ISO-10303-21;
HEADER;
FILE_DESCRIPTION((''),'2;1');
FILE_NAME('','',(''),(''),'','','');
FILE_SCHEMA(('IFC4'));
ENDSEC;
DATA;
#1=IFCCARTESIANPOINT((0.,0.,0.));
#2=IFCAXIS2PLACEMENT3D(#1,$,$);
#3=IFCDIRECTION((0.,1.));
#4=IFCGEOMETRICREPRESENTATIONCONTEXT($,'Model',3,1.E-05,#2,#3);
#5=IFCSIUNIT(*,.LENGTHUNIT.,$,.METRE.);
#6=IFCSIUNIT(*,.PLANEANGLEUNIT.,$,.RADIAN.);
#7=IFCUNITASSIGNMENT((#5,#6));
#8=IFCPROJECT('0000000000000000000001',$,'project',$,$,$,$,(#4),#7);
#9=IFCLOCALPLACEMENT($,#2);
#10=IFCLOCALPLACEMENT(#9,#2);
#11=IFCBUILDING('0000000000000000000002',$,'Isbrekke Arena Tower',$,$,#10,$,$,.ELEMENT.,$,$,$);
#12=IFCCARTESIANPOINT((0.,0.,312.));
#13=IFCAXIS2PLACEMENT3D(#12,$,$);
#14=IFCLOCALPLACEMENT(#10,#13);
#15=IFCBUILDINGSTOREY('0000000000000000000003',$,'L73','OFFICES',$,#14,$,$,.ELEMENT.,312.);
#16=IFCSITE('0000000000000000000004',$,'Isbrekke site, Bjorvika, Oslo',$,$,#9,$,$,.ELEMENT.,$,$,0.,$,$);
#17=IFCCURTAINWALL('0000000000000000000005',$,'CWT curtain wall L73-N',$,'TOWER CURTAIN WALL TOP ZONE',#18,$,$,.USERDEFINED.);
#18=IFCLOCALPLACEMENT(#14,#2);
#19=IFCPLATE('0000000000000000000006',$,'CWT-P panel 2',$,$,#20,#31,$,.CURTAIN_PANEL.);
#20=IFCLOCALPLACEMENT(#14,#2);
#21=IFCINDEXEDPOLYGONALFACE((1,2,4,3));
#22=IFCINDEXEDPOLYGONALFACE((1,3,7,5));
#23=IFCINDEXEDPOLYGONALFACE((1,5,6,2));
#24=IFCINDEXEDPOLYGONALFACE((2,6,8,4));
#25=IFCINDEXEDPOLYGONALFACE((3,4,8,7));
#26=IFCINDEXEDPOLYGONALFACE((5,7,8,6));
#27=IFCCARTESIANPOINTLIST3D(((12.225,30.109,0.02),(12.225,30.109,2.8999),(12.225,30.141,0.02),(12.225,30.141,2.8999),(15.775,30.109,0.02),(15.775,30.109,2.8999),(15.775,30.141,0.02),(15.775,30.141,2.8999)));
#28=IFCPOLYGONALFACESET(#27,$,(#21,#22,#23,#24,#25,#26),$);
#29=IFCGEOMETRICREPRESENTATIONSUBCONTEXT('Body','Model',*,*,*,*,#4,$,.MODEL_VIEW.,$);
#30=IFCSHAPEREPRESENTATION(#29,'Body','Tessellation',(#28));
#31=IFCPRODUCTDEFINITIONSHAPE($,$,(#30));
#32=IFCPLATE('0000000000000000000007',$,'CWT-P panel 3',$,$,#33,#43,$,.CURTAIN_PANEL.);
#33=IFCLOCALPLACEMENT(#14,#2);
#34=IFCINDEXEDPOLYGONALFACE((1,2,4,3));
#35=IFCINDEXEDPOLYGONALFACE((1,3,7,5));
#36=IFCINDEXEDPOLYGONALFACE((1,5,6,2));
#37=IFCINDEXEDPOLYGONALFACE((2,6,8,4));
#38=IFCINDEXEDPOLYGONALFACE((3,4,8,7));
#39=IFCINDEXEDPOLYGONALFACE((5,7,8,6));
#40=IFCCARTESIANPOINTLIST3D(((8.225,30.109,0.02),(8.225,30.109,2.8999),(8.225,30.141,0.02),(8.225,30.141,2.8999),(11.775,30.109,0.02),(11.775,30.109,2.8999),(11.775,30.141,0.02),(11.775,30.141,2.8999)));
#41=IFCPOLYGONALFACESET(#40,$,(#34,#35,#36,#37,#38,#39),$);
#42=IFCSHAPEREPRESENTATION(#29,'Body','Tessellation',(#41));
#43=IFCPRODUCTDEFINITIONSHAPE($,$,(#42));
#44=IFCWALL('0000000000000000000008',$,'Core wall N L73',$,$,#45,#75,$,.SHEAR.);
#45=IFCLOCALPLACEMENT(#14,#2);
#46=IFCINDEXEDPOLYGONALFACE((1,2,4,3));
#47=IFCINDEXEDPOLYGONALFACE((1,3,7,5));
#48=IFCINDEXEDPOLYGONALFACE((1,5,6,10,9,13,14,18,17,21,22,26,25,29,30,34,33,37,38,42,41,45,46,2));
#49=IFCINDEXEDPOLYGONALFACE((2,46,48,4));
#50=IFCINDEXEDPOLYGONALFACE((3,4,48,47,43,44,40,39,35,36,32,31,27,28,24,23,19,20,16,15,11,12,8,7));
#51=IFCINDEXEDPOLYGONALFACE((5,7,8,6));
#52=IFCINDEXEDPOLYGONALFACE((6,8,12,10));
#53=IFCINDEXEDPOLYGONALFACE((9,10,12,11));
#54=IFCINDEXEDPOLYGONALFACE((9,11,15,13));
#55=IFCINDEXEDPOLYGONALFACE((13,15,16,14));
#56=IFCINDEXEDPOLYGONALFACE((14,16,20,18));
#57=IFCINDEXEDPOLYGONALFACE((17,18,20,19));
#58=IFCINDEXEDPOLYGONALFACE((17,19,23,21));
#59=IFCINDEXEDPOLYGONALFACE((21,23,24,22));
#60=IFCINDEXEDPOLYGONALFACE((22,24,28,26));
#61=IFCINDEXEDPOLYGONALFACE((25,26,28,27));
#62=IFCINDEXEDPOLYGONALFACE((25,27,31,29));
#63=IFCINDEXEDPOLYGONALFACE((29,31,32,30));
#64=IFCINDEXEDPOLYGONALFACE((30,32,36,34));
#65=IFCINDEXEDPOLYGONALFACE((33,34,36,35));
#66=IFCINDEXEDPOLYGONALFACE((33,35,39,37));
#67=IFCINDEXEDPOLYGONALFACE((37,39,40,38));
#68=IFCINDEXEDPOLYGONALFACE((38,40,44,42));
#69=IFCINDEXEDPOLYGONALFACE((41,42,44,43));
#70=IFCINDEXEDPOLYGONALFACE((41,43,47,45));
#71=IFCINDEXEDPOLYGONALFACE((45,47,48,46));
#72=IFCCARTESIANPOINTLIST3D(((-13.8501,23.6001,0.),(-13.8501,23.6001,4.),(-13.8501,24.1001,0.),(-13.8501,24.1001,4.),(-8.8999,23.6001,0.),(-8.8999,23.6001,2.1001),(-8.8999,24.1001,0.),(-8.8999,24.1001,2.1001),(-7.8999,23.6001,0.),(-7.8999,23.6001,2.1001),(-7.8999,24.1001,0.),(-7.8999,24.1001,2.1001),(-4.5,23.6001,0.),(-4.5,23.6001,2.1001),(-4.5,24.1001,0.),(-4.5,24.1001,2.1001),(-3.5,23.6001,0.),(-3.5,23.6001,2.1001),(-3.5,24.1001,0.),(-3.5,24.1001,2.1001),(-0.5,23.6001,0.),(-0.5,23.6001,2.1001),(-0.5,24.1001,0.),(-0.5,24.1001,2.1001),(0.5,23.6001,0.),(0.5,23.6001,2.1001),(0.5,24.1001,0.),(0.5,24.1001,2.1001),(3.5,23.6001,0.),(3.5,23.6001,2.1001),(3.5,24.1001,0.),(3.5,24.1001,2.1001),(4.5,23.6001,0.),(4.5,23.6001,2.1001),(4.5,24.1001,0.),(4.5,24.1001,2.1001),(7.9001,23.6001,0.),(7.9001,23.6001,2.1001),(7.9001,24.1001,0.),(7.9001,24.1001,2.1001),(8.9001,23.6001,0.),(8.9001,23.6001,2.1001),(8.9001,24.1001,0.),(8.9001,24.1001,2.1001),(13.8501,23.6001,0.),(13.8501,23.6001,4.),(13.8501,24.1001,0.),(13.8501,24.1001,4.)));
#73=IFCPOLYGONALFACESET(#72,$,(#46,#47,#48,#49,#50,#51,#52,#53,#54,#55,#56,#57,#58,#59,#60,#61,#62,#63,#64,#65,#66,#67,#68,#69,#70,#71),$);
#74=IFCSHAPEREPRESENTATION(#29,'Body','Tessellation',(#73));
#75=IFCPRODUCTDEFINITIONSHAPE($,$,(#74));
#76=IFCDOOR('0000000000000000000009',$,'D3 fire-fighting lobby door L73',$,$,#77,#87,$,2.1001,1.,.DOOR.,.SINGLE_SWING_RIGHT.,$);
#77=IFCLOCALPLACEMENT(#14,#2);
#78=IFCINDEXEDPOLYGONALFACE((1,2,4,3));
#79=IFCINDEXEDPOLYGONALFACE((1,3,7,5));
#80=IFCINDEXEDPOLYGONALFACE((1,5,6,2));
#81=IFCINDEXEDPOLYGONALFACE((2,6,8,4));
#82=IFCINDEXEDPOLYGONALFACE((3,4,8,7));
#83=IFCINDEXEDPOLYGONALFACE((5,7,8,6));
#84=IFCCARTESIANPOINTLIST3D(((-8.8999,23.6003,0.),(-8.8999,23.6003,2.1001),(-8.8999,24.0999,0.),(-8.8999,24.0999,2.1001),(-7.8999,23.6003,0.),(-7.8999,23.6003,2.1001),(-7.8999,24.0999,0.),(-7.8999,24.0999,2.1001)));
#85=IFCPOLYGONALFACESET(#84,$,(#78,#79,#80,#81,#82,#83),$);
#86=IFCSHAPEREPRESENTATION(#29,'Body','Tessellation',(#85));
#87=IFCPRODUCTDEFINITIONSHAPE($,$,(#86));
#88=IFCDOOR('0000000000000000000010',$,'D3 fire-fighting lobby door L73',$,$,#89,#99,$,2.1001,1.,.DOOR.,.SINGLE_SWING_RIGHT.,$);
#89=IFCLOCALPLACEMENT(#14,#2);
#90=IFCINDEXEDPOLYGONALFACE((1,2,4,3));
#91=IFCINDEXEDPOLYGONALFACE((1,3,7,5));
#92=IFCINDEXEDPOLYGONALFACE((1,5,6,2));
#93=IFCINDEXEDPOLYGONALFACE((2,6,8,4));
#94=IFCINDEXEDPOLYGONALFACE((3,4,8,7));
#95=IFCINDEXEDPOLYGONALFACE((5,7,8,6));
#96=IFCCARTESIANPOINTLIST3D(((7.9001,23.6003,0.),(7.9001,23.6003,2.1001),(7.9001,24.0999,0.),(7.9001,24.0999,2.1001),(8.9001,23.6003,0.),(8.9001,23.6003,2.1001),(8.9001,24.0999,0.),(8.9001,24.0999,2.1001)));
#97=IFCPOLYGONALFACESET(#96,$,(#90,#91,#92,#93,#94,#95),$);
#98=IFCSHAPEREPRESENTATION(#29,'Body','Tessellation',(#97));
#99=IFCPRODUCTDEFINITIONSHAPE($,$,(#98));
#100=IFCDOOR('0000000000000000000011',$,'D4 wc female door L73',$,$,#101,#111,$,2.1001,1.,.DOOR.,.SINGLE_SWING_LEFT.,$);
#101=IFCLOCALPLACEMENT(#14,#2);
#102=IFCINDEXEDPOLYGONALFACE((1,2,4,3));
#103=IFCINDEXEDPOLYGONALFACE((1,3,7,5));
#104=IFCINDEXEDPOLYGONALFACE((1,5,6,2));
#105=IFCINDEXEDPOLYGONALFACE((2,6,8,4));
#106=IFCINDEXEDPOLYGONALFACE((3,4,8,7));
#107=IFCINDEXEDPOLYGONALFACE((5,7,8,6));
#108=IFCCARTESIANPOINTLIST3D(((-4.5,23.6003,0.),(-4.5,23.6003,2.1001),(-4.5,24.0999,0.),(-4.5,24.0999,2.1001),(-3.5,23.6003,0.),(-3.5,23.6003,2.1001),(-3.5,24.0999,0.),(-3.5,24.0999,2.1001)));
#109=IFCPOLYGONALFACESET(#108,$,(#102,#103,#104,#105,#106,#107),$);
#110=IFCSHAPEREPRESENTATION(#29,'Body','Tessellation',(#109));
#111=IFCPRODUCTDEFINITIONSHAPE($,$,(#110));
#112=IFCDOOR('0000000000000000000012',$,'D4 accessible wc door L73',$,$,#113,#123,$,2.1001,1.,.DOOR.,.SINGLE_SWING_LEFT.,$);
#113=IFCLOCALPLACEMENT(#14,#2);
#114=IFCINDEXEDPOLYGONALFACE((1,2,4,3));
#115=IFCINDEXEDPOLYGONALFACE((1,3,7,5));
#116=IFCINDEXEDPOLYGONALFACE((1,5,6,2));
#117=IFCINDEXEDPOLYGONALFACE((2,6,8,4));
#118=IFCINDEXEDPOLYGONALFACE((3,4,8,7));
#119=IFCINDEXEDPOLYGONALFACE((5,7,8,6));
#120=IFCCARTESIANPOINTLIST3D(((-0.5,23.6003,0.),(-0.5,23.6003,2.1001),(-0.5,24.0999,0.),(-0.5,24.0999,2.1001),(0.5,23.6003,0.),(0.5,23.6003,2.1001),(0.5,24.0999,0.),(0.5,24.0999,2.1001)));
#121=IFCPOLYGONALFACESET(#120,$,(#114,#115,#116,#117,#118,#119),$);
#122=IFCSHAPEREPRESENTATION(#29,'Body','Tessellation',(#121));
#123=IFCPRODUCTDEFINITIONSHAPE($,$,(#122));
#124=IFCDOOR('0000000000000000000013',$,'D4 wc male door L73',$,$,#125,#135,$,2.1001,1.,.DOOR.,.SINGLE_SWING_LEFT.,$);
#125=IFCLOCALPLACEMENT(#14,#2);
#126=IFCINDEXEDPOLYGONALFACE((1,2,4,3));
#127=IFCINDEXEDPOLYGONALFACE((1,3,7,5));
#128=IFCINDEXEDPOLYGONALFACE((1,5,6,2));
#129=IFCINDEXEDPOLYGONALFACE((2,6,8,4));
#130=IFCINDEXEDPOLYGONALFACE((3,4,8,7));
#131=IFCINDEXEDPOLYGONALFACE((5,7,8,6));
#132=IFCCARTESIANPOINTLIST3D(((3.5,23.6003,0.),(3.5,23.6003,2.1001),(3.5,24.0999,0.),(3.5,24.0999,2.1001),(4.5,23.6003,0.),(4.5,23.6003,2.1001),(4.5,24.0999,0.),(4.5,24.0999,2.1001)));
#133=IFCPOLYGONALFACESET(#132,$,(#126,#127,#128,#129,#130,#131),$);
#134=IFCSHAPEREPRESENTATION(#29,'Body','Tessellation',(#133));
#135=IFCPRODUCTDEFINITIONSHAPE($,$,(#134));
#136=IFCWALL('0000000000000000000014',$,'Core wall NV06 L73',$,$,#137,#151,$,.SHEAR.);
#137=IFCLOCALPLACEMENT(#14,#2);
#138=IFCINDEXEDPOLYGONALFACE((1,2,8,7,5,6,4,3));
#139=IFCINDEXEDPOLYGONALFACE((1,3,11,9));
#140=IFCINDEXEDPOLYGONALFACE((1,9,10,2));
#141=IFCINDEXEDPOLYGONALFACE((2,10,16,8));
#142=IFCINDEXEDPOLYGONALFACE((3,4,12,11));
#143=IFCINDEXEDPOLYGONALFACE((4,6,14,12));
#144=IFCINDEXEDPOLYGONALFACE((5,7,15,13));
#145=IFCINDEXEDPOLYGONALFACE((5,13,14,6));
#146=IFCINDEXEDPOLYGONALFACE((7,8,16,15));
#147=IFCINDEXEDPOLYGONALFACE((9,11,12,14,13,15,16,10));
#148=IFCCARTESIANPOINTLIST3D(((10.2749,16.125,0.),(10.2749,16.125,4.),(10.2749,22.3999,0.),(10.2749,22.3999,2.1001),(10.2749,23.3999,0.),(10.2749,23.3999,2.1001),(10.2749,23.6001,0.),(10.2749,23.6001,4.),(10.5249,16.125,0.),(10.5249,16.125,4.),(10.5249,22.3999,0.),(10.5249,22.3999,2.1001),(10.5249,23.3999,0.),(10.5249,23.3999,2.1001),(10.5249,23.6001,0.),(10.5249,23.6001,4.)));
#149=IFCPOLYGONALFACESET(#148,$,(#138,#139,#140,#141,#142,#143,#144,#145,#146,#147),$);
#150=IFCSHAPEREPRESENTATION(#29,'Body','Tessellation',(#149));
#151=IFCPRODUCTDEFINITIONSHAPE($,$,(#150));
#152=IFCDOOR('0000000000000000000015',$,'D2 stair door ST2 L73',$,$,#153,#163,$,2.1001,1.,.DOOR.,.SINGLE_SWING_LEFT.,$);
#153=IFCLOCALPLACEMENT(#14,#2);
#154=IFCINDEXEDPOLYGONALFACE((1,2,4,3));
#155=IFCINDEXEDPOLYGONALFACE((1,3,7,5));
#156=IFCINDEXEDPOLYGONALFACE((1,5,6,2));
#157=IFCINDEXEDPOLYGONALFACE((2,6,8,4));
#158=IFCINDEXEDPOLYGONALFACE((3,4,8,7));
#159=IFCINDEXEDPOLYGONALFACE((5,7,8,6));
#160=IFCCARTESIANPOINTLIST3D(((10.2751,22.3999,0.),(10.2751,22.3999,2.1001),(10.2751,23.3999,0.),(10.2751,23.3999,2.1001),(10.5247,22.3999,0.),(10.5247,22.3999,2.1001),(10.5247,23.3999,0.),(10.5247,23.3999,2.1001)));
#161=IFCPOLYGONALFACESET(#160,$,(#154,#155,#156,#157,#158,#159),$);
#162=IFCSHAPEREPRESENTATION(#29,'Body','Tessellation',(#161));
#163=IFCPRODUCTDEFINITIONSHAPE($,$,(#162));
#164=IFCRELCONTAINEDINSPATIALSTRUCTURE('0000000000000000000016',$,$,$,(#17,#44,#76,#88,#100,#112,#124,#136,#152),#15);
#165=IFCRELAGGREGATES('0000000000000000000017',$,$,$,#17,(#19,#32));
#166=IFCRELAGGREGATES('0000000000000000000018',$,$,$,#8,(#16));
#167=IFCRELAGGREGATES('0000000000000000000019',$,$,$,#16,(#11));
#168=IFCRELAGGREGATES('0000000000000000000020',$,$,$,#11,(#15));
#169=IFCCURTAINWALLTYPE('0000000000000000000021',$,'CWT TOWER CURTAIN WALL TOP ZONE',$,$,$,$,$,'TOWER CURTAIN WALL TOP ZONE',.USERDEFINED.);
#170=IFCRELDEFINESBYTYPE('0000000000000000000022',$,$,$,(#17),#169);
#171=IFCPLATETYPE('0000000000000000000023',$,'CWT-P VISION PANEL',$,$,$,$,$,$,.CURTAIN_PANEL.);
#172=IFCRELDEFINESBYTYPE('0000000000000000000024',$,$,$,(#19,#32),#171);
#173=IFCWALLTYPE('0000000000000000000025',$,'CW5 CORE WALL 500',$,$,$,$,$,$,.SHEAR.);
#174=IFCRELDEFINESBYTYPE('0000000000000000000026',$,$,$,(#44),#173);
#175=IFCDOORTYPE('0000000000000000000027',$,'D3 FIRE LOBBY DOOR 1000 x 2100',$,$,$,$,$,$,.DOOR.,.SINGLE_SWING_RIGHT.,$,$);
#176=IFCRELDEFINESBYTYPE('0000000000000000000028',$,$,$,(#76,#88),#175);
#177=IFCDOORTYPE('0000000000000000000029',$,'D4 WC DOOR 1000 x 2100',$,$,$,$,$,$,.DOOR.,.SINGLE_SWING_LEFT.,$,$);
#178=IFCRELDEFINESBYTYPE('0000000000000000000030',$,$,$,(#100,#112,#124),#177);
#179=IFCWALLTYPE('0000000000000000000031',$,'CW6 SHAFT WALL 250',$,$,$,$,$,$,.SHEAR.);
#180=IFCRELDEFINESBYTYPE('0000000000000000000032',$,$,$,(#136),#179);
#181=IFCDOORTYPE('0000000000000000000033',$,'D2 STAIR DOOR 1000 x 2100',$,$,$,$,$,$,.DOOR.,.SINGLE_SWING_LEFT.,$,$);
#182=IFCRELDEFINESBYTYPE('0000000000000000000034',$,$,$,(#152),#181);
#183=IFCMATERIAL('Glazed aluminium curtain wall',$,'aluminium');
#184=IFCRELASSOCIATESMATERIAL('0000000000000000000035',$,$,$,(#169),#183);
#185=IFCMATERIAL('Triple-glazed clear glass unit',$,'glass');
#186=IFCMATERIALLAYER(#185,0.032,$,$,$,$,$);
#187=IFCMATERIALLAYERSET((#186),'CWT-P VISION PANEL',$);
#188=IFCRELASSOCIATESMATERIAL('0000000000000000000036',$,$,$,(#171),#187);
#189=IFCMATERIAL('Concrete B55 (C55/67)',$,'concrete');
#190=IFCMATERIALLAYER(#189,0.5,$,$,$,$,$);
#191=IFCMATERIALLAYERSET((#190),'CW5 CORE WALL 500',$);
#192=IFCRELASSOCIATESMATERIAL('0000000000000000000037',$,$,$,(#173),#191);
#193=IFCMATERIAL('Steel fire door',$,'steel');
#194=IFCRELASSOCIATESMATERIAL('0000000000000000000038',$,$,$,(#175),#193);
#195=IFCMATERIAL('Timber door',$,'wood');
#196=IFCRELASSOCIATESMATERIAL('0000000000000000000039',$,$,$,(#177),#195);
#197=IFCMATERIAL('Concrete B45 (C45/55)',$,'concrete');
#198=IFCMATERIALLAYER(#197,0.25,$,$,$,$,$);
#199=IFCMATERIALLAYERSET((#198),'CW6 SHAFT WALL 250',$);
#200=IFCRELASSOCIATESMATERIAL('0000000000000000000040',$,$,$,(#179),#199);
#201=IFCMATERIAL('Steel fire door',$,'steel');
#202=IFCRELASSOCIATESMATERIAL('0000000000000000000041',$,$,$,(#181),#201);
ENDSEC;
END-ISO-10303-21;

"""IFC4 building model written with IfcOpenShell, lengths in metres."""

from ifc_helpers import new_model, si_unit, direction, frame, frame_2d, origin, origin_2d, place, context, subcontext, project, spatial, rectangle, extrude, material, layer, layer_set, type_object, element, fill, aggregate, save


model = new_model("IFC4")

# Units and contexts
model_context = context("Model", 3, precision=1e-05, world=origin(), true_north=direction((0.0, 1.0)))
body_context = subcontext(model_context, "Body", "Model", "MODEL_VIEW")
ifc_project = project(units=[si_unit("LENGTHUNIT", "METRE"), si_unit("PLANEANGLEUNIT", "RADIAN")], contexts=[model_context])

# Site, building, storey
site_placement = place(None, origin())
site = spatial("IfcSite", under=ifc_project, at=site_placement, Name="Isbrekke site, Bjorvika, Oslo", CompositionType="ELEMENT", RefElevation=0.0)
building_placement = place(site_placement, origin())
building = spatial("IfcBuilding", under=site, at=building_placement, Name="Isbrekke Arena Tower", CompositionType="ELEMENT")
storey_placement = place(building_placement, frame((0.0, 0.0, 312.0)))
storey = spatial("IfcBuildingStorey", under=building, at=storey_placement, Name="L73", Description="OFFICES", CompositionType="ELEMENT", Elevation=312.0)

# Curtain wall
ifc_material_1 = material(Name="Glazed aluminium curtain wall", Category="aluminium")
curtain_wall_type = type_object("IfcCurtainWallType", Name="CWT TOWER CURTAIN WALL TOP ZONE", ElementType="TOWER CURTAIN WALL TOP ZONE", PredefinedType="USERDEFINED", material=ifc_material_1)
curtain_wall_placement = place(storey_placement, origin())
curtain_wall = element("IfcCurtainWall", 1, at=curtain_wall_placement, inside=storey, type_object=curtain_wall_type, Name="CWT curtain wall L73-N", ObjectType="TOWER CURTAIN WALL TOP ZONE", PredefinedType="USERDEFINED")

# Plates
ifc_material_2 = material(Name="Triple-glazed clear glass unit", Category="glass")
ifc_layer_1 = layer(ifc_material_2, 0.032)
ifc_layer_set_1 = layer_set([ifc_layer_1], Name="CWT-P VISION PANEL")
plate_type = type_object("IfcPlateType", Name="CWT-P VISION PANEL", PredefinedType="CURTAIN_PANEL", material=ifc_layer_set_1)
plate_1_placement = place(storey_placement, frame((14.0, 30.125, 0.02), z_axis=(0.0, 0.0, 1.0), x_axis=(-1.0, 0.0, 0.0)))
plate_1 = element("IfcPlate", 2, at=plate_1_placement, type_object=plate_type, Name="CWT-P panel 2", PredefinedType="CURTAIN_PANEL", context=body_context, shape_type="SweptSolid", body=[
    extrude(rectangle(XDim=3.55, YDim=0.032, at=origin_2d()), origin(), (0.0, 0.0, 1.0), 2.8799),
])
plate_2_placement = place(storey_placement, frame((10.0, 30.125, 0.02), z_axis=(0.0, 0.0, 1.0), x_axis=(-1.0, 0.0, 0.0)))
plate_2 = element("IfcPlate", 3, at=plate_2_placement, type_object=plate_type, Name="CWT-P panel 3", PredefinedType="CURTAIN_PANEL", context=body_context, shape_type="SweptSolid", body=[
    extrude(rectangle(XDim=3.55, YDim=0.032, at=origin_2d()), origin(), (0.0, 0.0, 1.0), 2.8799),
])
aggregate(curtain_wall, [plate_1, plate_2])

# Wall, openings, doors
ifc_material_3 = material(Name="Concrete B55 (C55/67)", Category="concrete")
ifc_layer_2 = layer(ifc_material_3, 0.5)
ifc_layer_set_2 = layer_set([ifc_layer_2], Name="CW5 CORE WALL 500")
wall_type_1 = type_object("IfcWallType", Name="CW5 CORE WALL 500", PredefinedType="SHEAR", material=ifc_layer_set_2)
wall_1_placement = place(storey_placement, frame((13.8501, 23.8501, 0.0), z_axis=(0.0, 0.0, 1.0), x_axis=(-1.0, 0.0, 0.0)))
wall_1 = element("IfcWall", 4, at=wall_1_placement, inside=storey, type_object=wall_type_1, Name="Core wall N L73", PredefinedType="SHEAR", context=body_context, shape_type="SweptSolid", body=[
    extrude(rectangle(XDim=27.7002, YDim=0.5, at=frame_2d((13.8501, 0.0))), origin(), (0.0, 0.0, 1.0), 4.0),
])
opening_1_placement = place(wall_1_placement, frame((21.75, 0.0, 0.0)))
opening_1 = element("IfcOpeningElement", 5, at=opening_1_placement, cuts=wall_1, PredefinedType="OPENING", context=body_context, shape_type="SweptSolid", body=[
    extrude(rectangle(XDim=1.0, YDim=2.1001, at=frame_2d((0.5, 1.05))), frame((0.0, 0.2649, 0.0), z_axis=(0.0, -1.0, 0.0), x_axis=(1.0, 0.0, 0.0)), (0.0, 0.0, 1.0), 0.5298),
])
opening_2_placement = place(wall_1_placement, frame((4.95, 0.0, 0.0)))
opening_2 = element("IfcOpeningElement", 6, at=opening_2_placement, cuts=wall_1, PredefinedType="OPENING", context=body_context, shape_type="SweptSolid", body=[
    extrude(rectangle(XDim=1.0, YDim=2.1001, at=frame_2d((0.5, 1.05))), frame((0.0, 0.2649, 0.0), z_axis=(0.0, -1.0, 0.0), x_axis=(1.0, 0.0, 0.0)), (0.0, 0.0, 1.0), 0.5298),
])
opening_3_placement = place(wall_1_placement, frame((17.3501, 0.0, 0.0)))
opening_3 = element("IfcOpeningElement", 7, at=opening_3_placement, cuts=wall_1, PredefinedType="OPENING", context=body_context, shape_type="SweptSolid", body=[
    extrude(rectangle(XDim=1.0, YDim=2.1001, at=frame_2d((0.5, 1.05))), frame((0.0, 0.2649, 0.0), z_axis=(0.0, -1.0, 0.0), x_axis=(1.0, 0.0, 0.0)), (0.0, 0.0, 1.0), 0.5298),
])
opening_4_placement = place(wall_1_placement, frame((13.3501, 0.0, 0.0)))
opening_4 = element("IfcOpeningElement", 8, at=opening_4_placement, cuts=wall_1, PredefinedType="OPENING", context=body_context, shape_type="SweptSolid", body=[
    extrude(rectangle(XDim=1.0, YDim=2.1001, at=frame_2d((0.5, 1.05))), frame((0.0, 0.2649, 0.0), z_axis=(0.0, -1.0, 0.0), x_axis=(1.0, 0.0, 0.0)), (0.0, 0.0, 1.0), 0.5298),
])
opening_5_placement = place(wall_1_placement, frame((9.3501, 0.0, 0.0)))
opening_5 = element("IfcOpeningElement", 9, at=opening_5_placement, cuts=wall_1, PredefinedType="OPENING", context=body_context, shape_type="SweptSolid", body=[
    extrude(rectangle(XDim=1.0, YDim=2.1001, at=frame_2d((0.5, 1.05))), frame((0.0, 0.2649, 0.0), z_axis=(0.0, -1.0, 0.0), x_axis=(1.0, 0.0, 0.0)), (0.0, 0.0, 1.0), 0.5298),
])
ifc_material_4 = material(Name="Steel fire door", Category="steel")
door_type_1 = type_object("IfcDoorType", Name="D3 FIRE LOBBY DOOR 1000 x 2100", OperationType="SINGLE_SWING_RIGHT", PredefinedType="DOOR", material=ifc_material_4)
door_1_placement = place(opening_1_placement, origin())
door_1 = element("IfcDoor", 10, at=door_1_placement, inside=storey, type_object=door_type_1, Name="D3 fire-fighting lobby door L73", OperationType="SINGLE_SWING_RIGHT", OverallHeight=2.1001, OverallWidth=1.0, PredefinedType="DOOR", context=body_context, shape_type="SweptSolid", body=[
    extrude(rectangle(XDim=1.0, YDim=2.1001, at=frame_2d((0.5, 1.05))), frame((0.0, 0.2498, 0.0), z_axis=(0.0, -1.0, 0.0), x_axis=(1.0, 0.0, 0.0)), (0.0, 0.0, 1.0), 0.4995),
])
fill(opening_1, door_1)
door_2_placement = place(opening_2_placement, origin())
door_2 = element("IfcDoor", 11, at=door_2_placement, inside=storey, type_object=door_type_1, Name="D3 fire-fighting lobby door L73", OperationType="SINGLE_SWING_RIGHT", OverallHeight=2.1001, OverallWidth=1.0, PredefinedType="DOOR", context=body_context, shape_type="SweptSolid", body=[
    extrude(rectangle(XDim=1.0, YDim=2.1001, at=frame_2d((0.5, 1.05))), frame((0.0, 0.2498, 0.0), z_axis=(0.0, -1.0, 0.0), x_axis=(1.0, 0.0, 0.0)), (0.0, 0.0, 1.0), 0.4995),
])
fill(opening_2, door_2)
ifc_material_5 = material(Name="Timber door", Category="wood")
door_type_2 = type_object("IfcDoorType", Name="D4 WC DOOR 1000 x 2100", OperationType="SINGLE_SWING_LEFT", PredefinedType="DOOR", material=ifc_material_5)
door_3_placement = place(opening_3_placement, origin())
door_3 = element("IfcDoor", 12, at=door_3_placement, inside=storey, type_object=door_type_2, Name="D4 wc female door L73", OperationType="SINGLE_SWING_LEFT", OverallHeight=2.1001, OverallWidth=1.0, PredefinedType="DOOR", context=body_context, shape_type="SweptSolid", body=[
    extrude(rectangle(XDim=1.0, YDim=2.1001, at=frame_2d((0.5, 1.05))), frame((0.0, 0.2498, 0.0), z_axis=(0.0, -1.0, 0.0), x_axis=(1.0, 0.0, 0.0)), (0.0, 0.0, 1.0), 0.4995),
])
fill(opening_3, door_3)
door_4_placement = place(opening_4_placement, origin())
door_4 = element("IfcDoor", 13, at=door_4_placement, inside=storey, type_object=door_type_2, Name="D4 accessible wc door L73", OperationType="SINGLE_SWING_LEFT", OverallHeight=2.1001, OverallWidth=1.0, PredefinedType="DOOR", context=body_context, shape_type="SweptSolid", body=[
    extrude(rectangle(XDim=1.0, YDim=2.1001, at=frame_2d((0.5, 1.05))), frame((0.0, 0.2498, 0.0), z_axis=(0.0, -1.0, 0.0), x_axis=(1.0, 0.0, 0.0)), (0.0, 0.0, 1.0), 0.4995),
])
fill(opening_4, door_4)
door_5_placement = place(opening_5_placement, origin())
door_5 = element("IfcDoor", 14, at=door_5_placement, inside=storey, type_object=door_type_2, Name="D4 wc male door L73", OperationType="SINGLE_SWING_LEFT", OverallHeight=2.1001, OverallWidth=1.0, PredefinedType="DOOR", context=body_context, shape_type="SweptSolid", body=[
    extrude(rectangle(XDim=1.0, YDim=2.1001, at=frame_2d((0.5, 1.05))), frame((0.0, 0.2498, 0.0), z_axis=(0.0, -1.0, 0.0), x_axis=(1.0, 0.0, 0.0)), (0.0, 0.0, 1.0), 0.4995),
])
fill(opening_5, door_5)

# Wall, opening, door
ifc_material_6 = material(Name="Concrete B45 (C45/55)", Category="concrete")
ifc_layer_3 = layer(ifc_material_6, 0.25)
ifc_layer_set_3 = layer_set([ifc_layer_3], Name="CW6 SHAFT WALL 250")
wall_type_2 = type_object("IfcWallType", Name="CW6 SHAFT WALL 250", PredefinedType="SHEAR", material=ifc_layer_set_3)
wall_2_placement = place(storey_placement, frame((10.3999, 16.125, 0.0), z_axis=(0.0, 0.0, 1.0), x_axis=(0.0, 1.0, 0.0)))
wall_2 = element("IfcWall", 15, at=wall_2_placement, inside=storey, type_object=wall_type_2, Name="Core wall NV06 L73", PredefinedType="SHEAR", context=body_context, shape_type="SweptSolid", body=[
    extrude(rectangle(XDim=7.4751, YDim=0.25, at=frame_2d((3.7375, 0.0))), origin(), (0.0, 0.0, 1.0), 4.0),
])
opening_6_placement = place(wall_2_placement, frame((6.2749, 0.0, 0.0)))
opening_6 = element("IfcOpeningElement", 16, at=opening_6_placement, cuts=wall_2, PredefinedType="OPENING", context=body_context, shape_type="SweptSolid", body=[
    extrude(rectangle(XDim=1.0, YDim=2.1001, at=frame_2d((0.5, 1.05))), frame((0.0, 0.1399, 0.0), z_axis=(0.0, -1.0, 0.0), x_axis=(1.0, 0.0, 0.0)), (0.0, 0.0, 1.0), 0.2798),
])
ifc_material_7 = material(Name="Steel fire door", Category="steel")
door_type_3 = type_object("IfcDoorType", Name="D2 STAIR DOOR 1000 x 2100", OperationType="SINGLE_SWING_LEFT", PredefinedType="DOOR", material=ifc_material_7)
door_6_placement = place(opening_6_placement, origin())
door_6 = element("IfcDoor", 17, at=door_6_placement, inside=storey, type_object=door_type_3, Name="D2 stair door ST2 L73", OperationType="SINGLE_SWING_LEFT", OverallHeight=2.1001, OverallWidth=1.0, PredefinedType="DOOR", context=body_context, shape_type="SweptSolid", body=[
    extrude(rectangle(XDim=1.0, YDim=2.1001, at=frame_2d((0.5, 1.05))), frame((0.0, 0.1248, 0.0), z_axis=(0.0, -1.0, 0.0), x_axis=(1.0, 0.0, 0.0)), (0.0, 0.0, 1.0), 0.2495),
])
fill(opening_6, door_6)

save(model, "model.ifc")
